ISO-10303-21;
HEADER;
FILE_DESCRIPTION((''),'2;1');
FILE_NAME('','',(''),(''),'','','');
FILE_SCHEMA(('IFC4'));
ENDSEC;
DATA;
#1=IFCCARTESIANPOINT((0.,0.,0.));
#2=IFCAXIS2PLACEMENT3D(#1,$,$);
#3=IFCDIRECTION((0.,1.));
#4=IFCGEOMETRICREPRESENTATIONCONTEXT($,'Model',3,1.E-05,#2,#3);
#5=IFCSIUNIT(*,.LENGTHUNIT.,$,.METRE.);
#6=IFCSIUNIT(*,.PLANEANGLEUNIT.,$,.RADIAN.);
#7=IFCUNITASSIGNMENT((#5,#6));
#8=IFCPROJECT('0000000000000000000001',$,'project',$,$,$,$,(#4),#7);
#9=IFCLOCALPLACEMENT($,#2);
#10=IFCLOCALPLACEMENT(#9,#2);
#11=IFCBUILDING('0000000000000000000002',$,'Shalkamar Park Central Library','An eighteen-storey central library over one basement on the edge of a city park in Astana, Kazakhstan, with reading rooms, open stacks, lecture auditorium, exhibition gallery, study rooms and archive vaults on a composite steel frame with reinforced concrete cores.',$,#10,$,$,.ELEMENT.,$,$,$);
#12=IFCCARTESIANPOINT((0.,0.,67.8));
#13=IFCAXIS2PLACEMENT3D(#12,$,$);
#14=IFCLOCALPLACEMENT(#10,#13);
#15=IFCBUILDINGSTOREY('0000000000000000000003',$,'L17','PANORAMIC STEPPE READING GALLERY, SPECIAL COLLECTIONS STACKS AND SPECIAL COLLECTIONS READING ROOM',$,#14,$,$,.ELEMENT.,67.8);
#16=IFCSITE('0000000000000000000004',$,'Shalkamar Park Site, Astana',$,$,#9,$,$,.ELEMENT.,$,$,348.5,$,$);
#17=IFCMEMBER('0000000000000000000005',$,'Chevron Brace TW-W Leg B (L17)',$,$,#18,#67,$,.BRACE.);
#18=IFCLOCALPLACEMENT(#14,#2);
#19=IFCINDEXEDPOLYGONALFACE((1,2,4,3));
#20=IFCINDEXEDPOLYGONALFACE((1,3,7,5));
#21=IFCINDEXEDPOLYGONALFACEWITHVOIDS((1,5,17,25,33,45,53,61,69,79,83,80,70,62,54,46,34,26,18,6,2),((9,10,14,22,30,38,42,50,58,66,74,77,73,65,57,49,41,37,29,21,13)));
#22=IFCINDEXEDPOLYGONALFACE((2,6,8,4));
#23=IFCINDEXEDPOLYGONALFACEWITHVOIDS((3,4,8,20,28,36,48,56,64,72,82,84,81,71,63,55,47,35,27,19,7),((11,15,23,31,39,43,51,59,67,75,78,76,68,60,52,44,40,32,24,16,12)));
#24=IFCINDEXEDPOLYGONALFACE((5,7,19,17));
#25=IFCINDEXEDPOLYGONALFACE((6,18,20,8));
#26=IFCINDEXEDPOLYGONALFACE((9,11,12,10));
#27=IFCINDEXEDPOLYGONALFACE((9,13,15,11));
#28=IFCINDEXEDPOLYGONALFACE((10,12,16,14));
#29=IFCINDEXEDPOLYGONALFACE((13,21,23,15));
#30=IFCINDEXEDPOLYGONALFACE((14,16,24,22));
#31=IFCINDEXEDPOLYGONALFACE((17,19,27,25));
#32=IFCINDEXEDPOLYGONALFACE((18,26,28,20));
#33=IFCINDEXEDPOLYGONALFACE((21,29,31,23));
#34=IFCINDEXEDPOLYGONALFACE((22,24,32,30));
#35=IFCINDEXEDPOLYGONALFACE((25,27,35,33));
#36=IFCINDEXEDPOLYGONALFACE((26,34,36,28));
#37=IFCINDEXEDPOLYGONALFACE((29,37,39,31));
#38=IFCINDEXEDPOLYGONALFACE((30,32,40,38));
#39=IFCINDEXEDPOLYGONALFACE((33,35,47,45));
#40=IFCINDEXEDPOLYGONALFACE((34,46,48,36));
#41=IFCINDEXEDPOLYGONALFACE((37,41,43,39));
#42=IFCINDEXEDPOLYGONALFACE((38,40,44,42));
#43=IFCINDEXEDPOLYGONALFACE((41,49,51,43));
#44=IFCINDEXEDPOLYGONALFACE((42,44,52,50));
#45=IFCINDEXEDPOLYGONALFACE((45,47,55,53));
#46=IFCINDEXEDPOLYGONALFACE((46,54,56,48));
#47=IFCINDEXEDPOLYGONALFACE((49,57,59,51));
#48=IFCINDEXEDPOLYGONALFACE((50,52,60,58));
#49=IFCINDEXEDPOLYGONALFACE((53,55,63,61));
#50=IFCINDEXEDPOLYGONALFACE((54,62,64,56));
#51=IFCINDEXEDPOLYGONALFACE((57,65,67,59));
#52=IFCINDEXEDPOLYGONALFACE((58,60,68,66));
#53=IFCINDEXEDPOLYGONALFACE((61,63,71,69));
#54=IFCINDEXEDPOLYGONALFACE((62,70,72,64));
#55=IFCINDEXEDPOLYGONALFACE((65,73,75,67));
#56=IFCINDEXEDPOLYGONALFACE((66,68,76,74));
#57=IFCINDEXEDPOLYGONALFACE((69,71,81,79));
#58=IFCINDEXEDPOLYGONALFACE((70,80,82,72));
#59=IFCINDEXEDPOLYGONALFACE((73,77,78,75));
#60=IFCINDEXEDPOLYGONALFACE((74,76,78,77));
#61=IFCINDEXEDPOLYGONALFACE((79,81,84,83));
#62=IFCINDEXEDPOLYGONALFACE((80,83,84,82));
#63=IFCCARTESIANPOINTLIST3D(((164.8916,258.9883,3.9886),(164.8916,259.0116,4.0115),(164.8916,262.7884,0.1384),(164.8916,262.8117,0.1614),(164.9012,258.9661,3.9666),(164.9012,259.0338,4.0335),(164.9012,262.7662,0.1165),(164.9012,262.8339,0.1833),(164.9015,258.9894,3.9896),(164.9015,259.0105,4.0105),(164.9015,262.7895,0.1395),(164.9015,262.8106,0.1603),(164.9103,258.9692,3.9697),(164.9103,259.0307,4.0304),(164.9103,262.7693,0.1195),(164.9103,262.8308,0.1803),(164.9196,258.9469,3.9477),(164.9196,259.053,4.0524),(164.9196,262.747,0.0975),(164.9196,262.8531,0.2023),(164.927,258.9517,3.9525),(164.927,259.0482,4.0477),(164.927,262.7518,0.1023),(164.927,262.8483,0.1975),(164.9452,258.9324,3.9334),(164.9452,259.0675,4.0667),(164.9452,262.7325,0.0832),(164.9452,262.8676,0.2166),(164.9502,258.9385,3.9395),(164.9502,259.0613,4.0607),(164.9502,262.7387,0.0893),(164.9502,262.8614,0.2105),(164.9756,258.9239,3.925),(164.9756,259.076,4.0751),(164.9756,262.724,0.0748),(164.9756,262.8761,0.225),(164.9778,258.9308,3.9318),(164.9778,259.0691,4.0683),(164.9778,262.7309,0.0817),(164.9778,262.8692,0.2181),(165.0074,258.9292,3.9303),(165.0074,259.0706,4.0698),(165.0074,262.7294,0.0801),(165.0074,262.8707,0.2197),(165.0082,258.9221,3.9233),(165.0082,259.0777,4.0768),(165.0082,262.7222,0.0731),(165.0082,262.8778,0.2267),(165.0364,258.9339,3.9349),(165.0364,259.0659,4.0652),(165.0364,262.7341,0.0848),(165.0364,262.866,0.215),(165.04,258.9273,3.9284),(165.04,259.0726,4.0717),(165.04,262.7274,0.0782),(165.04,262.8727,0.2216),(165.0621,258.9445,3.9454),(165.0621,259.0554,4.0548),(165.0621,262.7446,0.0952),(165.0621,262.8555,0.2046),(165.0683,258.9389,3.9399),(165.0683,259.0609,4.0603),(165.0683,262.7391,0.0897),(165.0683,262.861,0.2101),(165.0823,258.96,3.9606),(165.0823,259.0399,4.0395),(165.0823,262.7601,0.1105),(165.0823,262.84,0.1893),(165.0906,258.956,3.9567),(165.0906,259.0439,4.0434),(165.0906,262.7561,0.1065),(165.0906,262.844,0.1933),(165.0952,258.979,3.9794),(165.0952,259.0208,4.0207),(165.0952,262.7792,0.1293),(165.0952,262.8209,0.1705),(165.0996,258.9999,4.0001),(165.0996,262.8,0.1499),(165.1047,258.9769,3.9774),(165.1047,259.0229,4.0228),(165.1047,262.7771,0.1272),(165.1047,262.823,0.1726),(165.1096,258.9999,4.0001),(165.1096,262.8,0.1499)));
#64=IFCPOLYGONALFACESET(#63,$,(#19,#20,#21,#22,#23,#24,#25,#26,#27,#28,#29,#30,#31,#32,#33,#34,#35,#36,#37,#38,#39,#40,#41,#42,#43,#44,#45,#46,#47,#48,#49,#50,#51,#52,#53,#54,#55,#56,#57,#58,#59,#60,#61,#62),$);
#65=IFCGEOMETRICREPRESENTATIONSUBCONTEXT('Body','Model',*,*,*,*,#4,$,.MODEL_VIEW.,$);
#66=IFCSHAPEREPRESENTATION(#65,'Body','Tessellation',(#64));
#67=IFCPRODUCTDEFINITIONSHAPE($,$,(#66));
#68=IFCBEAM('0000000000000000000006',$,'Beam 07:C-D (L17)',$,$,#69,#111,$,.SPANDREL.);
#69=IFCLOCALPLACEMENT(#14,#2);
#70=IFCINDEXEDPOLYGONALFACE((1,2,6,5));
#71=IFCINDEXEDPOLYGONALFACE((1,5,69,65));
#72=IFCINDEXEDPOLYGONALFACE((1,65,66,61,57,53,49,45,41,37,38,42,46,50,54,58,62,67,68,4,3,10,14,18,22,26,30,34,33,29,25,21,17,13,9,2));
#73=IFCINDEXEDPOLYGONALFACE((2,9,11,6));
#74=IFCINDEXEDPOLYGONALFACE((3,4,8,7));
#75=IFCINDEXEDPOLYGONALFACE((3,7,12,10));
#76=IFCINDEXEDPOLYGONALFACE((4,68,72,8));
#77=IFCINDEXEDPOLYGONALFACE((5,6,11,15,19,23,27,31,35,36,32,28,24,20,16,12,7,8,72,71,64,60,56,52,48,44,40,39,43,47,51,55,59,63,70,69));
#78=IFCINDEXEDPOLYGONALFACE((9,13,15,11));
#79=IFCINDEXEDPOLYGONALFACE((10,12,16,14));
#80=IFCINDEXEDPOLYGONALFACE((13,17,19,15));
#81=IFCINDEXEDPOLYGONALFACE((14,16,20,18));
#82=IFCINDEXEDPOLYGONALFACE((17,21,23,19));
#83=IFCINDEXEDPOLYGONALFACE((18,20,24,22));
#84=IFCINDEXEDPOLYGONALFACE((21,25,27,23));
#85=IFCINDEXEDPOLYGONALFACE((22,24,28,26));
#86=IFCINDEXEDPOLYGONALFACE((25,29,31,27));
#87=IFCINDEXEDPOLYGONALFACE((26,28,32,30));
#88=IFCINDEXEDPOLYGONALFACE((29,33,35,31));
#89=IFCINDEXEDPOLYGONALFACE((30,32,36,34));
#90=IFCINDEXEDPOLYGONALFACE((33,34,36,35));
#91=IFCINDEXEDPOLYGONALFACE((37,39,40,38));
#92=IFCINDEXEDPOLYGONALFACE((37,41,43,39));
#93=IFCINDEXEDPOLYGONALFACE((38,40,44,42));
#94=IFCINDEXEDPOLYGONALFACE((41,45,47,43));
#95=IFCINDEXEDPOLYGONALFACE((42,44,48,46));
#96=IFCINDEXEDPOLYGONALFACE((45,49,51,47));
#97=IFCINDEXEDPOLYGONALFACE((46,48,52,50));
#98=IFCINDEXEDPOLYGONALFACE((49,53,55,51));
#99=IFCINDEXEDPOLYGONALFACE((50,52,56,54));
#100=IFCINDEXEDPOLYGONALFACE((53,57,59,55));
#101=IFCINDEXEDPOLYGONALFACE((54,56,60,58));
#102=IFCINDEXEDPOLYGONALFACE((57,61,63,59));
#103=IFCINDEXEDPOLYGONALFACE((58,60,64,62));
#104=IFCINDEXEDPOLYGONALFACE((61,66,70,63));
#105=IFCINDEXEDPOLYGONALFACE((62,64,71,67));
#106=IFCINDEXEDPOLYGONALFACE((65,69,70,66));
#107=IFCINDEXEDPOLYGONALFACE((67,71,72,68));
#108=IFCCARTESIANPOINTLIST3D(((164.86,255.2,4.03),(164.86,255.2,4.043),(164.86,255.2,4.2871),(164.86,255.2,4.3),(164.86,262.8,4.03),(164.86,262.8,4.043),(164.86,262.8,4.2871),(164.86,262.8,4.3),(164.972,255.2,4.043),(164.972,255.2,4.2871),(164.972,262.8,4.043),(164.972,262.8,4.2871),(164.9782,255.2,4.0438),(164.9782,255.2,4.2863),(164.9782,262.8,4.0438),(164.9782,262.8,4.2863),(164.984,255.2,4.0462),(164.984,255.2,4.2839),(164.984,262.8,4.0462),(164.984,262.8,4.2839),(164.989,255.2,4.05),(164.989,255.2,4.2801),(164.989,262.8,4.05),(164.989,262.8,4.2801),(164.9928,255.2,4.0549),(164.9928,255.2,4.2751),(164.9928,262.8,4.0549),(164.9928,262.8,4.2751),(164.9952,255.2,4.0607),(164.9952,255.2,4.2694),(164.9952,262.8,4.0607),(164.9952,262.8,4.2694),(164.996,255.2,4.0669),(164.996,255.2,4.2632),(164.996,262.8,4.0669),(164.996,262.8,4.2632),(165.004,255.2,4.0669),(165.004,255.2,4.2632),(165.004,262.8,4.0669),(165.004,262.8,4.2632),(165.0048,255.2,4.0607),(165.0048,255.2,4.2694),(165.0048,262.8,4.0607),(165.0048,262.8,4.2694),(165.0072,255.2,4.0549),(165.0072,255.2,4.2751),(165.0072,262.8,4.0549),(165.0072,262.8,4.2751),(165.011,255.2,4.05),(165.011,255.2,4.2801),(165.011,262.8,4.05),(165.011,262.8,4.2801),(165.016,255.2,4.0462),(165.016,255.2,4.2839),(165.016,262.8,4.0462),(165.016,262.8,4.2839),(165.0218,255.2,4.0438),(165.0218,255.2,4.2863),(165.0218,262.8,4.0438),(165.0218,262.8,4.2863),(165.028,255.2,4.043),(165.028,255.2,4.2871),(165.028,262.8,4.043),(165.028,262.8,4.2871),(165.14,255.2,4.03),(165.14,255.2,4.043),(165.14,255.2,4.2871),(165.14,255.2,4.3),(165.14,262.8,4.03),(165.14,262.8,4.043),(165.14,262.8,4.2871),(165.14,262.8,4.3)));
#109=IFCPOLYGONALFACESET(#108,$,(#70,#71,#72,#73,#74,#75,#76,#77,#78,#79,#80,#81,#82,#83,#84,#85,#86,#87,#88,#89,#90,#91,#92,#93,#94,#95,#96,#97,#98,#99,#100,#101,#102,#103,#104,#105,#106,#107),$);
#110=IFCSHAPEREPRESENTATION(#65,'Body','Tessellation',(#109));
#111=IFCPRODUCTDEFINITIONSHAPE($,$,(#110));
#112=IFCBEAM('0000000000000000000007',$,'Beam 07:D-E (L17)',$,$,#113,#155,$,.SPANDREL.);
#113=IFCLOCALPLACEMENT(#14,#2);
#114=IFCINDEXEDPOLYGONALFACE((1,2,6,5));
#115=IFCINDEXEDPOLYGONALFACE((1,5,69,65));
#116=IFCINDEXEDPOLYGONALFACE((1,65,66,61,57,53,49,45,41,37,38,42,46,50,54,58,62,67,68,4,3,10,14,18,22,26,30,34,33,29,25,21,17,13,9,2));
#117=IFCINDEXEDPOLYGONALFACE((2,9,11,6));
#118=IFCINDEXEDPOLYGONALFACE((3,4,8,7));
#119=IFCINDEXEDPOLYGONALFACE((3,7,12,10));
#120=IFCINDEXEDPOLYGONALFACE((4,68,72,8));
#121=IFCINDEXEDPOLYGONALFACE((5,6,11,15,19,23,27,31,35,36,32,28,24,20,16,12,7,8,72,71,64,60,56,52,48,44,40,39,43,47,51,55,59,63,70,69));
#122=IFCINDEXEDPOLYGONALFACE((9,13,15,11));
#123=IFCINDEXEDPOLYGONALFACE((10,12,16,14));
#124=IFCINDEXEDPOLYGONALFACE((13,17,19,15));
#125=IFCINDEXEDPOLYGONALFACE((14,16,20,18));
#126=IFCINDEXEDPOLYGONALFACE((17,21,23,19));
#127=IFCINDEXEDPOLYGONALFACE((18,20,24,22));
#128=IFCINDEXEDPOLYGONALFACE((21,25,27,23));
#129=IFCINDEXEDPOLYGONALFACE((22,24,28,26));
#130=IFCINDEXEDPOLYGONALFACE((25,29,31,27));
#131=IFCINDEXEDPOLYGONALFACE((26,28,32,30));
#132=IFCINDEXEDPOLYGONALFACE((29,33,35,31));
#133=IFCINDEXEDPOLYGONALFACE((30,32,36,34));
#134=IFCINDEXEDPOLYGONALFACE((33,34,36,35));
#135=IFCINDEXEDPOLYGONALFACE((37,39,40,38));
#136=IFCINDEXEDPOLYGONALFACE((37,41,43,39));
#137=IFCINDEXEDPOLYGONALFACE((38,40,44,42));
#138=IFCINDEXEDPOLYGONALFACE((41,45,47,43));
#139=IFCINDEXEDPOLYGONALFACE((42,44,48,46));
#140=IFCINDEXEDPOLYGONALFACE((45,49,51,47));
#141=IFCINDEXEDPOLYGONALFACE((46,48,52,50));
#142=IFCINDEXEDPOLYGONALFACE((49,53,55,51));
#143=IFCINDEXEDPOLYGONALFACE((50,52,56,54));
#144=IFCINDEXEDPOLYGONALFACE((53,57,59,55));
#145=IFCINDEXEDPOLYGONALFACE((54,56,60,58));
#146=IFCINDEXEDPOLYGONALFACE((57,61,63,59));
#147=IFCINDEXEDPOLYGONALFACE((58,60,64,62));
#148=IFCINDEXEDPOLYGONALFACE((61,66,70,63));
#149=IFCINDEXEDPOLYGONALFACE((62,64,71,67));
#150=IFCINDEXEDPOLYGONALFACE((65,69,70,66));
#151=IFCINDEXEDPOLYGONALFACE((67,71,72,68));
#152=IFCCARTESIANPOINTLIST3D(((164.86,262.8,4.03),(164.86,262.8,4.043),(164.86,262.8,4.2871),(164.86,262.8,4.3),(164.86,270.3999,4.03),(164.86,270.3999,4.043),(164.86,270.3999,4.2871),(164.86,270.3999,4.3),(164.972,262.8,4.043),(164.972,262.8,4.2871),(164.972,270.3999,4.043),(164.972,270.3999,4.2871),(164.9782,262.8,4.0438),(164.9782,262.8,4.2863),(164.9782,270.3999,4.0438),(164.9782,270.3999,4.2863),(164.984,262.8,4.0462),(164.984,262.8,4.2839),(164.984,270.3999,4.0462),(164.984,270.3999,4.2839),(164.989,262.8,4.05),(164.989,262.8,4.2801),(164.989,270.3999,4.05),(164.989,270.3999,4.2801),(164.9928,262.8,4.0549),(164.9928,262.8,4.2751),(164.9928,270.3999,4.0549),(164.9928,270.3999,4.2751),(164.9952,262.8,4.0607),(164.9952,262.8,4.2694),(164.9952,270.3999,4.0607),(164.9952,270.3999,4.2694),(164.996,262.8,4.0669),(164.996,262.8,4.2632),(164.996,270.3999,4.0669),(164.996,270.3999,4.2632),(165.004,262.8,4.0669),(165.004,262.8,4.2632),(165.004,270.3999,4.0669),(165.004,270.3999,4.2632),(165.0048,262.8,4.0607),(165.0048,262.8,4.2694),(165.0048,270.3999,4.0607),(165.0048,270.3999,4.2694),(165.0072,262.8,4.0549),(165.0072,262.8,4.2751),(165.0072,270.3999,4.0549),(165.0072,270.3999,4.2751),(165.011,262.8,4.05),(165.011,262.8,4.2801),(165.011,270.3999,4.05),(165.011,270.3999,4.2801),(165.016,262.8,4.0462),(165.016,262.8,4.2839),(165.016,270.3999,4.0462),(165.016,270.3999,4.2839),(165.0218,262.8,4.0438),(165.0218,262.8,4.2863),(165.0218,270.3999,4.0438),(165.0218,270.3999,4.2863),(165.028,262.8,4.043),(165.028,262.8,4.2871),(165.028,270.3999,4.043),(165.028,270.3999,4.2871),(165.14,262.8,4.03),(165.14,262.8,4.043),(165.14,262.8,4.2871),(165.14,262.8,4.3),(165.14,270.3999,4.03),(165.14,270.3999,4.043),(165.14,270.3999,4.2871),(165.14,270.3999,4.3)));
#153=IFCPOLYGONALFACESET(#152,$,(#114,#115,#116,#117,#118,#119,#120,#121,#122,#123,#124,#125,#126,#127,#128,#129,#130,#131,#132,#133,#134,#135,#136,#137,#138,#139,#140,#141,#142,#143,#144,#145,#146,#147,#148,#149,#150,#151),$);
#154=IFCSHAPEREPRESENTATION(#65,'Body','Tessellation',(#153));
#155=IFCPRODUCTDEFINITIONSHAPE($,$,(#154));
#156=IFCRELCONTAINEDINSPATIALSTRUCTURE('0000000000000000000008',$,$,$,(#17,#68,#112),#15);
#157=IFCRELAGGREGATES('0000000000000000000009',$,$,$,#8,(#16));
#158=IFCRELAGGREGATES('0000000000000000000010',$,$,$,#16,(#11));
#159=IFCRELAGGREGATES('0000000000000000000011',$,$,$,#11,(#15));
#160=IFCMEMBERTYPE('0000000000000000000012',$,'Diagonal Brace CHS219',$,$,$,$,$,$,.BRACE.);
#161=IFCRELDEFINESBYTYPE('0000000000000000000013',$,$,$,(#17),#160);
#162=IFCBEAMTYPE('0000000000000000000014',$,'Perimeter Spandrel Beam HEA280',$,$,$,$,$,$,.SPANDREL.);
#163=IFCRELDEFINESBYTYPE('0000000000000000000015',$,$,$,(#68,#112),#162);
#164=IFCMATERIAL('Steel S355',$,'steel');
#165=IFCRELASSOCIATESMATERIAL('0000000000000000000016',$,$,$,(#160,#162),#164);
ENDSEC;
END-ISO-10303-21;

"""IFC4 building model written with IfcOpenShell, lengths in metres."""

from ifc_helpers import new_model, si_unit, direction, frame, origin, origin_2d, place, context, subcontext, project, spatial, hollow_circle, i_section, extrude, material, material_profile, profile_set, type_object, element, save


model = new_model("IFC4")

# Units and contexts
model_context = context("Model", 3, precision=1e-05, world=origin(), true_north=direction((0.0, 1.0)))
body_context = subcontext(model_context, "Body", "Model", "MODEL_VIEW")
ifc_project = project(units=[si_unit("LENGTHUNIT", "METRE"), si_unit("PLANEANGLEUNIT", "RADIAN")], contexts=[model_context])

# Site, building, storey
site_placement = place(None, origin())
site = spatial("IfcSite", under=ifc_project, at=site_placement, Name="Shalkamar Park Site, Astana", CompositionType="ELEMENT", RefElevation=348.5)
building_placement = place(site_placement, origin())
building = spatial("IfcBuilding", under=site, at=building_placement, Name="Shalkamar Park Central Library", Description="An eighteen-storey central library over one basement on the edge of a city park in Astana, Kazakhstan, with reading rooms, open stacks, lecture auditorium, exhibition gallery, study rooms and archive vaults on a composite steel frame with reinforced concrete cores.", CompositionType="ELEMENT")
storey_placement = place(building_placement, frame((0.0, 0.0, 67.8)))
storey = spatial("IfcBuildingStorey", under=building, at=storey_placement, Name="L17", Description="PANORAMIC STEPPE READING GALLERY, SPECIAL COLLECTIONS STACKS AND SPECIAL COLLECTIONS READING ROOM", CompositionType="ELEMENT", Elevation=67.8)

# Shared definitions
ifc_material_1 = material(Name="Steel S355", Category="steel")

# Member
ifc_material_profile_1 = material_profile(ifc_material_1, hollow_circle(Radius=0.1096, WallThickness=0.01, at=origin_2d()), Name="CHS 219.1x10")
ifc_profile_set_1 = profile_set([ifc_material_profile_1], Name="Steel S355")
member_type = type_object("IfcMemberType", Name="Diagonal Brace CHS219", PredefinedType="BRACE", material=ifc_profile_set_1)
for number, where, z_axis, x_axis, name in (
    (1, (165.0, 262.8, 0.1499), (0.0, -0.702466, 0.711718), (1.0, 0.0, 0.0), "Chevron Brace TW-W Leg B (L17)"),
):
    element("IfcMember", number, at=place(storey_placement, frame(where, z_axis=z_axis, x_axis=x_axis)), inside=storey, type_object=member_type, Name=name, PredefinedType="BRACE", context=body_context, shape_type="SweptSolid", body=[
        extrude(hollow_circle(Radius=0.1096, WallThickness=0.01, at=origin_2d()), origin(), (0.0, 0.0, 1.0), 5.4097),
    ])

# Beams
ifc_material_profile_2 = material_profile(ifc_material_1, i_section(OverallWidth=0.28, OverallDepth=0.27, WebThickness=0.0081, FlangeThickness=0.0129, FilletRadius=0.0239, at=origin_2d()), Name="HEA 280")
ifc_profile_set_2 = profile_set([ifc_material_profile_2], Name="Steel S355")
beam_type_1 = type_object("IfcBeamType", Name="Perimeter Spandrel Beam HEA280", PredefinedType="SPANDREL", material=ifc_profile_set_2)
beam_1_placement = place(storey_placement, frame((165.0, 255.2, 4.165), z_axis=(0.0, 1.0, 0.0), x_axis=(-1.0, 0.0, 0.0)))
element("IfcBeam", 2, at=beam_1_placement, inside=storey, type_object=beam_type_1, Name="Beam 07:C-D (L17)", PredefinedType="SPANDREL", context=body_context, shape_type="SweptSolid", body=[
    extrude(i_section(OverallWidth=0.28, OverallDepth=0.27, WebThickness=0.0081, FlangeThickness=0.0129, FilletRadius=0.0239, at=origin_2d()), origin(), (0.0, 0.0, 1.0), 7.6001),
])
beam_2_placement = place(storey_placement, frame((165.0, 262.8, 4.165), z_axis=(0.0, 1.0, 0.0), x_axis=(-1.0, 0.0, 0.0)))
element("IfcBeam", 3, at=beam_2_placement, inside=storey, type_object=beam_type_1, Name="Beam 07:D-E (L17)", PredefinedType="SPANDREL", context=body_context, shape_type="SweptSolid", body=[
    extrude(i_section(OverallWidth=0.28, OverallDepth=0.27, WebThickness=0.0081, FlangeThickness=0.0129, FilletRadius=0.0239, at=origin_2d()), origin(), (0.0, 0.0, 1.0), 7.5999),
])

save(model, "model.ifc")
